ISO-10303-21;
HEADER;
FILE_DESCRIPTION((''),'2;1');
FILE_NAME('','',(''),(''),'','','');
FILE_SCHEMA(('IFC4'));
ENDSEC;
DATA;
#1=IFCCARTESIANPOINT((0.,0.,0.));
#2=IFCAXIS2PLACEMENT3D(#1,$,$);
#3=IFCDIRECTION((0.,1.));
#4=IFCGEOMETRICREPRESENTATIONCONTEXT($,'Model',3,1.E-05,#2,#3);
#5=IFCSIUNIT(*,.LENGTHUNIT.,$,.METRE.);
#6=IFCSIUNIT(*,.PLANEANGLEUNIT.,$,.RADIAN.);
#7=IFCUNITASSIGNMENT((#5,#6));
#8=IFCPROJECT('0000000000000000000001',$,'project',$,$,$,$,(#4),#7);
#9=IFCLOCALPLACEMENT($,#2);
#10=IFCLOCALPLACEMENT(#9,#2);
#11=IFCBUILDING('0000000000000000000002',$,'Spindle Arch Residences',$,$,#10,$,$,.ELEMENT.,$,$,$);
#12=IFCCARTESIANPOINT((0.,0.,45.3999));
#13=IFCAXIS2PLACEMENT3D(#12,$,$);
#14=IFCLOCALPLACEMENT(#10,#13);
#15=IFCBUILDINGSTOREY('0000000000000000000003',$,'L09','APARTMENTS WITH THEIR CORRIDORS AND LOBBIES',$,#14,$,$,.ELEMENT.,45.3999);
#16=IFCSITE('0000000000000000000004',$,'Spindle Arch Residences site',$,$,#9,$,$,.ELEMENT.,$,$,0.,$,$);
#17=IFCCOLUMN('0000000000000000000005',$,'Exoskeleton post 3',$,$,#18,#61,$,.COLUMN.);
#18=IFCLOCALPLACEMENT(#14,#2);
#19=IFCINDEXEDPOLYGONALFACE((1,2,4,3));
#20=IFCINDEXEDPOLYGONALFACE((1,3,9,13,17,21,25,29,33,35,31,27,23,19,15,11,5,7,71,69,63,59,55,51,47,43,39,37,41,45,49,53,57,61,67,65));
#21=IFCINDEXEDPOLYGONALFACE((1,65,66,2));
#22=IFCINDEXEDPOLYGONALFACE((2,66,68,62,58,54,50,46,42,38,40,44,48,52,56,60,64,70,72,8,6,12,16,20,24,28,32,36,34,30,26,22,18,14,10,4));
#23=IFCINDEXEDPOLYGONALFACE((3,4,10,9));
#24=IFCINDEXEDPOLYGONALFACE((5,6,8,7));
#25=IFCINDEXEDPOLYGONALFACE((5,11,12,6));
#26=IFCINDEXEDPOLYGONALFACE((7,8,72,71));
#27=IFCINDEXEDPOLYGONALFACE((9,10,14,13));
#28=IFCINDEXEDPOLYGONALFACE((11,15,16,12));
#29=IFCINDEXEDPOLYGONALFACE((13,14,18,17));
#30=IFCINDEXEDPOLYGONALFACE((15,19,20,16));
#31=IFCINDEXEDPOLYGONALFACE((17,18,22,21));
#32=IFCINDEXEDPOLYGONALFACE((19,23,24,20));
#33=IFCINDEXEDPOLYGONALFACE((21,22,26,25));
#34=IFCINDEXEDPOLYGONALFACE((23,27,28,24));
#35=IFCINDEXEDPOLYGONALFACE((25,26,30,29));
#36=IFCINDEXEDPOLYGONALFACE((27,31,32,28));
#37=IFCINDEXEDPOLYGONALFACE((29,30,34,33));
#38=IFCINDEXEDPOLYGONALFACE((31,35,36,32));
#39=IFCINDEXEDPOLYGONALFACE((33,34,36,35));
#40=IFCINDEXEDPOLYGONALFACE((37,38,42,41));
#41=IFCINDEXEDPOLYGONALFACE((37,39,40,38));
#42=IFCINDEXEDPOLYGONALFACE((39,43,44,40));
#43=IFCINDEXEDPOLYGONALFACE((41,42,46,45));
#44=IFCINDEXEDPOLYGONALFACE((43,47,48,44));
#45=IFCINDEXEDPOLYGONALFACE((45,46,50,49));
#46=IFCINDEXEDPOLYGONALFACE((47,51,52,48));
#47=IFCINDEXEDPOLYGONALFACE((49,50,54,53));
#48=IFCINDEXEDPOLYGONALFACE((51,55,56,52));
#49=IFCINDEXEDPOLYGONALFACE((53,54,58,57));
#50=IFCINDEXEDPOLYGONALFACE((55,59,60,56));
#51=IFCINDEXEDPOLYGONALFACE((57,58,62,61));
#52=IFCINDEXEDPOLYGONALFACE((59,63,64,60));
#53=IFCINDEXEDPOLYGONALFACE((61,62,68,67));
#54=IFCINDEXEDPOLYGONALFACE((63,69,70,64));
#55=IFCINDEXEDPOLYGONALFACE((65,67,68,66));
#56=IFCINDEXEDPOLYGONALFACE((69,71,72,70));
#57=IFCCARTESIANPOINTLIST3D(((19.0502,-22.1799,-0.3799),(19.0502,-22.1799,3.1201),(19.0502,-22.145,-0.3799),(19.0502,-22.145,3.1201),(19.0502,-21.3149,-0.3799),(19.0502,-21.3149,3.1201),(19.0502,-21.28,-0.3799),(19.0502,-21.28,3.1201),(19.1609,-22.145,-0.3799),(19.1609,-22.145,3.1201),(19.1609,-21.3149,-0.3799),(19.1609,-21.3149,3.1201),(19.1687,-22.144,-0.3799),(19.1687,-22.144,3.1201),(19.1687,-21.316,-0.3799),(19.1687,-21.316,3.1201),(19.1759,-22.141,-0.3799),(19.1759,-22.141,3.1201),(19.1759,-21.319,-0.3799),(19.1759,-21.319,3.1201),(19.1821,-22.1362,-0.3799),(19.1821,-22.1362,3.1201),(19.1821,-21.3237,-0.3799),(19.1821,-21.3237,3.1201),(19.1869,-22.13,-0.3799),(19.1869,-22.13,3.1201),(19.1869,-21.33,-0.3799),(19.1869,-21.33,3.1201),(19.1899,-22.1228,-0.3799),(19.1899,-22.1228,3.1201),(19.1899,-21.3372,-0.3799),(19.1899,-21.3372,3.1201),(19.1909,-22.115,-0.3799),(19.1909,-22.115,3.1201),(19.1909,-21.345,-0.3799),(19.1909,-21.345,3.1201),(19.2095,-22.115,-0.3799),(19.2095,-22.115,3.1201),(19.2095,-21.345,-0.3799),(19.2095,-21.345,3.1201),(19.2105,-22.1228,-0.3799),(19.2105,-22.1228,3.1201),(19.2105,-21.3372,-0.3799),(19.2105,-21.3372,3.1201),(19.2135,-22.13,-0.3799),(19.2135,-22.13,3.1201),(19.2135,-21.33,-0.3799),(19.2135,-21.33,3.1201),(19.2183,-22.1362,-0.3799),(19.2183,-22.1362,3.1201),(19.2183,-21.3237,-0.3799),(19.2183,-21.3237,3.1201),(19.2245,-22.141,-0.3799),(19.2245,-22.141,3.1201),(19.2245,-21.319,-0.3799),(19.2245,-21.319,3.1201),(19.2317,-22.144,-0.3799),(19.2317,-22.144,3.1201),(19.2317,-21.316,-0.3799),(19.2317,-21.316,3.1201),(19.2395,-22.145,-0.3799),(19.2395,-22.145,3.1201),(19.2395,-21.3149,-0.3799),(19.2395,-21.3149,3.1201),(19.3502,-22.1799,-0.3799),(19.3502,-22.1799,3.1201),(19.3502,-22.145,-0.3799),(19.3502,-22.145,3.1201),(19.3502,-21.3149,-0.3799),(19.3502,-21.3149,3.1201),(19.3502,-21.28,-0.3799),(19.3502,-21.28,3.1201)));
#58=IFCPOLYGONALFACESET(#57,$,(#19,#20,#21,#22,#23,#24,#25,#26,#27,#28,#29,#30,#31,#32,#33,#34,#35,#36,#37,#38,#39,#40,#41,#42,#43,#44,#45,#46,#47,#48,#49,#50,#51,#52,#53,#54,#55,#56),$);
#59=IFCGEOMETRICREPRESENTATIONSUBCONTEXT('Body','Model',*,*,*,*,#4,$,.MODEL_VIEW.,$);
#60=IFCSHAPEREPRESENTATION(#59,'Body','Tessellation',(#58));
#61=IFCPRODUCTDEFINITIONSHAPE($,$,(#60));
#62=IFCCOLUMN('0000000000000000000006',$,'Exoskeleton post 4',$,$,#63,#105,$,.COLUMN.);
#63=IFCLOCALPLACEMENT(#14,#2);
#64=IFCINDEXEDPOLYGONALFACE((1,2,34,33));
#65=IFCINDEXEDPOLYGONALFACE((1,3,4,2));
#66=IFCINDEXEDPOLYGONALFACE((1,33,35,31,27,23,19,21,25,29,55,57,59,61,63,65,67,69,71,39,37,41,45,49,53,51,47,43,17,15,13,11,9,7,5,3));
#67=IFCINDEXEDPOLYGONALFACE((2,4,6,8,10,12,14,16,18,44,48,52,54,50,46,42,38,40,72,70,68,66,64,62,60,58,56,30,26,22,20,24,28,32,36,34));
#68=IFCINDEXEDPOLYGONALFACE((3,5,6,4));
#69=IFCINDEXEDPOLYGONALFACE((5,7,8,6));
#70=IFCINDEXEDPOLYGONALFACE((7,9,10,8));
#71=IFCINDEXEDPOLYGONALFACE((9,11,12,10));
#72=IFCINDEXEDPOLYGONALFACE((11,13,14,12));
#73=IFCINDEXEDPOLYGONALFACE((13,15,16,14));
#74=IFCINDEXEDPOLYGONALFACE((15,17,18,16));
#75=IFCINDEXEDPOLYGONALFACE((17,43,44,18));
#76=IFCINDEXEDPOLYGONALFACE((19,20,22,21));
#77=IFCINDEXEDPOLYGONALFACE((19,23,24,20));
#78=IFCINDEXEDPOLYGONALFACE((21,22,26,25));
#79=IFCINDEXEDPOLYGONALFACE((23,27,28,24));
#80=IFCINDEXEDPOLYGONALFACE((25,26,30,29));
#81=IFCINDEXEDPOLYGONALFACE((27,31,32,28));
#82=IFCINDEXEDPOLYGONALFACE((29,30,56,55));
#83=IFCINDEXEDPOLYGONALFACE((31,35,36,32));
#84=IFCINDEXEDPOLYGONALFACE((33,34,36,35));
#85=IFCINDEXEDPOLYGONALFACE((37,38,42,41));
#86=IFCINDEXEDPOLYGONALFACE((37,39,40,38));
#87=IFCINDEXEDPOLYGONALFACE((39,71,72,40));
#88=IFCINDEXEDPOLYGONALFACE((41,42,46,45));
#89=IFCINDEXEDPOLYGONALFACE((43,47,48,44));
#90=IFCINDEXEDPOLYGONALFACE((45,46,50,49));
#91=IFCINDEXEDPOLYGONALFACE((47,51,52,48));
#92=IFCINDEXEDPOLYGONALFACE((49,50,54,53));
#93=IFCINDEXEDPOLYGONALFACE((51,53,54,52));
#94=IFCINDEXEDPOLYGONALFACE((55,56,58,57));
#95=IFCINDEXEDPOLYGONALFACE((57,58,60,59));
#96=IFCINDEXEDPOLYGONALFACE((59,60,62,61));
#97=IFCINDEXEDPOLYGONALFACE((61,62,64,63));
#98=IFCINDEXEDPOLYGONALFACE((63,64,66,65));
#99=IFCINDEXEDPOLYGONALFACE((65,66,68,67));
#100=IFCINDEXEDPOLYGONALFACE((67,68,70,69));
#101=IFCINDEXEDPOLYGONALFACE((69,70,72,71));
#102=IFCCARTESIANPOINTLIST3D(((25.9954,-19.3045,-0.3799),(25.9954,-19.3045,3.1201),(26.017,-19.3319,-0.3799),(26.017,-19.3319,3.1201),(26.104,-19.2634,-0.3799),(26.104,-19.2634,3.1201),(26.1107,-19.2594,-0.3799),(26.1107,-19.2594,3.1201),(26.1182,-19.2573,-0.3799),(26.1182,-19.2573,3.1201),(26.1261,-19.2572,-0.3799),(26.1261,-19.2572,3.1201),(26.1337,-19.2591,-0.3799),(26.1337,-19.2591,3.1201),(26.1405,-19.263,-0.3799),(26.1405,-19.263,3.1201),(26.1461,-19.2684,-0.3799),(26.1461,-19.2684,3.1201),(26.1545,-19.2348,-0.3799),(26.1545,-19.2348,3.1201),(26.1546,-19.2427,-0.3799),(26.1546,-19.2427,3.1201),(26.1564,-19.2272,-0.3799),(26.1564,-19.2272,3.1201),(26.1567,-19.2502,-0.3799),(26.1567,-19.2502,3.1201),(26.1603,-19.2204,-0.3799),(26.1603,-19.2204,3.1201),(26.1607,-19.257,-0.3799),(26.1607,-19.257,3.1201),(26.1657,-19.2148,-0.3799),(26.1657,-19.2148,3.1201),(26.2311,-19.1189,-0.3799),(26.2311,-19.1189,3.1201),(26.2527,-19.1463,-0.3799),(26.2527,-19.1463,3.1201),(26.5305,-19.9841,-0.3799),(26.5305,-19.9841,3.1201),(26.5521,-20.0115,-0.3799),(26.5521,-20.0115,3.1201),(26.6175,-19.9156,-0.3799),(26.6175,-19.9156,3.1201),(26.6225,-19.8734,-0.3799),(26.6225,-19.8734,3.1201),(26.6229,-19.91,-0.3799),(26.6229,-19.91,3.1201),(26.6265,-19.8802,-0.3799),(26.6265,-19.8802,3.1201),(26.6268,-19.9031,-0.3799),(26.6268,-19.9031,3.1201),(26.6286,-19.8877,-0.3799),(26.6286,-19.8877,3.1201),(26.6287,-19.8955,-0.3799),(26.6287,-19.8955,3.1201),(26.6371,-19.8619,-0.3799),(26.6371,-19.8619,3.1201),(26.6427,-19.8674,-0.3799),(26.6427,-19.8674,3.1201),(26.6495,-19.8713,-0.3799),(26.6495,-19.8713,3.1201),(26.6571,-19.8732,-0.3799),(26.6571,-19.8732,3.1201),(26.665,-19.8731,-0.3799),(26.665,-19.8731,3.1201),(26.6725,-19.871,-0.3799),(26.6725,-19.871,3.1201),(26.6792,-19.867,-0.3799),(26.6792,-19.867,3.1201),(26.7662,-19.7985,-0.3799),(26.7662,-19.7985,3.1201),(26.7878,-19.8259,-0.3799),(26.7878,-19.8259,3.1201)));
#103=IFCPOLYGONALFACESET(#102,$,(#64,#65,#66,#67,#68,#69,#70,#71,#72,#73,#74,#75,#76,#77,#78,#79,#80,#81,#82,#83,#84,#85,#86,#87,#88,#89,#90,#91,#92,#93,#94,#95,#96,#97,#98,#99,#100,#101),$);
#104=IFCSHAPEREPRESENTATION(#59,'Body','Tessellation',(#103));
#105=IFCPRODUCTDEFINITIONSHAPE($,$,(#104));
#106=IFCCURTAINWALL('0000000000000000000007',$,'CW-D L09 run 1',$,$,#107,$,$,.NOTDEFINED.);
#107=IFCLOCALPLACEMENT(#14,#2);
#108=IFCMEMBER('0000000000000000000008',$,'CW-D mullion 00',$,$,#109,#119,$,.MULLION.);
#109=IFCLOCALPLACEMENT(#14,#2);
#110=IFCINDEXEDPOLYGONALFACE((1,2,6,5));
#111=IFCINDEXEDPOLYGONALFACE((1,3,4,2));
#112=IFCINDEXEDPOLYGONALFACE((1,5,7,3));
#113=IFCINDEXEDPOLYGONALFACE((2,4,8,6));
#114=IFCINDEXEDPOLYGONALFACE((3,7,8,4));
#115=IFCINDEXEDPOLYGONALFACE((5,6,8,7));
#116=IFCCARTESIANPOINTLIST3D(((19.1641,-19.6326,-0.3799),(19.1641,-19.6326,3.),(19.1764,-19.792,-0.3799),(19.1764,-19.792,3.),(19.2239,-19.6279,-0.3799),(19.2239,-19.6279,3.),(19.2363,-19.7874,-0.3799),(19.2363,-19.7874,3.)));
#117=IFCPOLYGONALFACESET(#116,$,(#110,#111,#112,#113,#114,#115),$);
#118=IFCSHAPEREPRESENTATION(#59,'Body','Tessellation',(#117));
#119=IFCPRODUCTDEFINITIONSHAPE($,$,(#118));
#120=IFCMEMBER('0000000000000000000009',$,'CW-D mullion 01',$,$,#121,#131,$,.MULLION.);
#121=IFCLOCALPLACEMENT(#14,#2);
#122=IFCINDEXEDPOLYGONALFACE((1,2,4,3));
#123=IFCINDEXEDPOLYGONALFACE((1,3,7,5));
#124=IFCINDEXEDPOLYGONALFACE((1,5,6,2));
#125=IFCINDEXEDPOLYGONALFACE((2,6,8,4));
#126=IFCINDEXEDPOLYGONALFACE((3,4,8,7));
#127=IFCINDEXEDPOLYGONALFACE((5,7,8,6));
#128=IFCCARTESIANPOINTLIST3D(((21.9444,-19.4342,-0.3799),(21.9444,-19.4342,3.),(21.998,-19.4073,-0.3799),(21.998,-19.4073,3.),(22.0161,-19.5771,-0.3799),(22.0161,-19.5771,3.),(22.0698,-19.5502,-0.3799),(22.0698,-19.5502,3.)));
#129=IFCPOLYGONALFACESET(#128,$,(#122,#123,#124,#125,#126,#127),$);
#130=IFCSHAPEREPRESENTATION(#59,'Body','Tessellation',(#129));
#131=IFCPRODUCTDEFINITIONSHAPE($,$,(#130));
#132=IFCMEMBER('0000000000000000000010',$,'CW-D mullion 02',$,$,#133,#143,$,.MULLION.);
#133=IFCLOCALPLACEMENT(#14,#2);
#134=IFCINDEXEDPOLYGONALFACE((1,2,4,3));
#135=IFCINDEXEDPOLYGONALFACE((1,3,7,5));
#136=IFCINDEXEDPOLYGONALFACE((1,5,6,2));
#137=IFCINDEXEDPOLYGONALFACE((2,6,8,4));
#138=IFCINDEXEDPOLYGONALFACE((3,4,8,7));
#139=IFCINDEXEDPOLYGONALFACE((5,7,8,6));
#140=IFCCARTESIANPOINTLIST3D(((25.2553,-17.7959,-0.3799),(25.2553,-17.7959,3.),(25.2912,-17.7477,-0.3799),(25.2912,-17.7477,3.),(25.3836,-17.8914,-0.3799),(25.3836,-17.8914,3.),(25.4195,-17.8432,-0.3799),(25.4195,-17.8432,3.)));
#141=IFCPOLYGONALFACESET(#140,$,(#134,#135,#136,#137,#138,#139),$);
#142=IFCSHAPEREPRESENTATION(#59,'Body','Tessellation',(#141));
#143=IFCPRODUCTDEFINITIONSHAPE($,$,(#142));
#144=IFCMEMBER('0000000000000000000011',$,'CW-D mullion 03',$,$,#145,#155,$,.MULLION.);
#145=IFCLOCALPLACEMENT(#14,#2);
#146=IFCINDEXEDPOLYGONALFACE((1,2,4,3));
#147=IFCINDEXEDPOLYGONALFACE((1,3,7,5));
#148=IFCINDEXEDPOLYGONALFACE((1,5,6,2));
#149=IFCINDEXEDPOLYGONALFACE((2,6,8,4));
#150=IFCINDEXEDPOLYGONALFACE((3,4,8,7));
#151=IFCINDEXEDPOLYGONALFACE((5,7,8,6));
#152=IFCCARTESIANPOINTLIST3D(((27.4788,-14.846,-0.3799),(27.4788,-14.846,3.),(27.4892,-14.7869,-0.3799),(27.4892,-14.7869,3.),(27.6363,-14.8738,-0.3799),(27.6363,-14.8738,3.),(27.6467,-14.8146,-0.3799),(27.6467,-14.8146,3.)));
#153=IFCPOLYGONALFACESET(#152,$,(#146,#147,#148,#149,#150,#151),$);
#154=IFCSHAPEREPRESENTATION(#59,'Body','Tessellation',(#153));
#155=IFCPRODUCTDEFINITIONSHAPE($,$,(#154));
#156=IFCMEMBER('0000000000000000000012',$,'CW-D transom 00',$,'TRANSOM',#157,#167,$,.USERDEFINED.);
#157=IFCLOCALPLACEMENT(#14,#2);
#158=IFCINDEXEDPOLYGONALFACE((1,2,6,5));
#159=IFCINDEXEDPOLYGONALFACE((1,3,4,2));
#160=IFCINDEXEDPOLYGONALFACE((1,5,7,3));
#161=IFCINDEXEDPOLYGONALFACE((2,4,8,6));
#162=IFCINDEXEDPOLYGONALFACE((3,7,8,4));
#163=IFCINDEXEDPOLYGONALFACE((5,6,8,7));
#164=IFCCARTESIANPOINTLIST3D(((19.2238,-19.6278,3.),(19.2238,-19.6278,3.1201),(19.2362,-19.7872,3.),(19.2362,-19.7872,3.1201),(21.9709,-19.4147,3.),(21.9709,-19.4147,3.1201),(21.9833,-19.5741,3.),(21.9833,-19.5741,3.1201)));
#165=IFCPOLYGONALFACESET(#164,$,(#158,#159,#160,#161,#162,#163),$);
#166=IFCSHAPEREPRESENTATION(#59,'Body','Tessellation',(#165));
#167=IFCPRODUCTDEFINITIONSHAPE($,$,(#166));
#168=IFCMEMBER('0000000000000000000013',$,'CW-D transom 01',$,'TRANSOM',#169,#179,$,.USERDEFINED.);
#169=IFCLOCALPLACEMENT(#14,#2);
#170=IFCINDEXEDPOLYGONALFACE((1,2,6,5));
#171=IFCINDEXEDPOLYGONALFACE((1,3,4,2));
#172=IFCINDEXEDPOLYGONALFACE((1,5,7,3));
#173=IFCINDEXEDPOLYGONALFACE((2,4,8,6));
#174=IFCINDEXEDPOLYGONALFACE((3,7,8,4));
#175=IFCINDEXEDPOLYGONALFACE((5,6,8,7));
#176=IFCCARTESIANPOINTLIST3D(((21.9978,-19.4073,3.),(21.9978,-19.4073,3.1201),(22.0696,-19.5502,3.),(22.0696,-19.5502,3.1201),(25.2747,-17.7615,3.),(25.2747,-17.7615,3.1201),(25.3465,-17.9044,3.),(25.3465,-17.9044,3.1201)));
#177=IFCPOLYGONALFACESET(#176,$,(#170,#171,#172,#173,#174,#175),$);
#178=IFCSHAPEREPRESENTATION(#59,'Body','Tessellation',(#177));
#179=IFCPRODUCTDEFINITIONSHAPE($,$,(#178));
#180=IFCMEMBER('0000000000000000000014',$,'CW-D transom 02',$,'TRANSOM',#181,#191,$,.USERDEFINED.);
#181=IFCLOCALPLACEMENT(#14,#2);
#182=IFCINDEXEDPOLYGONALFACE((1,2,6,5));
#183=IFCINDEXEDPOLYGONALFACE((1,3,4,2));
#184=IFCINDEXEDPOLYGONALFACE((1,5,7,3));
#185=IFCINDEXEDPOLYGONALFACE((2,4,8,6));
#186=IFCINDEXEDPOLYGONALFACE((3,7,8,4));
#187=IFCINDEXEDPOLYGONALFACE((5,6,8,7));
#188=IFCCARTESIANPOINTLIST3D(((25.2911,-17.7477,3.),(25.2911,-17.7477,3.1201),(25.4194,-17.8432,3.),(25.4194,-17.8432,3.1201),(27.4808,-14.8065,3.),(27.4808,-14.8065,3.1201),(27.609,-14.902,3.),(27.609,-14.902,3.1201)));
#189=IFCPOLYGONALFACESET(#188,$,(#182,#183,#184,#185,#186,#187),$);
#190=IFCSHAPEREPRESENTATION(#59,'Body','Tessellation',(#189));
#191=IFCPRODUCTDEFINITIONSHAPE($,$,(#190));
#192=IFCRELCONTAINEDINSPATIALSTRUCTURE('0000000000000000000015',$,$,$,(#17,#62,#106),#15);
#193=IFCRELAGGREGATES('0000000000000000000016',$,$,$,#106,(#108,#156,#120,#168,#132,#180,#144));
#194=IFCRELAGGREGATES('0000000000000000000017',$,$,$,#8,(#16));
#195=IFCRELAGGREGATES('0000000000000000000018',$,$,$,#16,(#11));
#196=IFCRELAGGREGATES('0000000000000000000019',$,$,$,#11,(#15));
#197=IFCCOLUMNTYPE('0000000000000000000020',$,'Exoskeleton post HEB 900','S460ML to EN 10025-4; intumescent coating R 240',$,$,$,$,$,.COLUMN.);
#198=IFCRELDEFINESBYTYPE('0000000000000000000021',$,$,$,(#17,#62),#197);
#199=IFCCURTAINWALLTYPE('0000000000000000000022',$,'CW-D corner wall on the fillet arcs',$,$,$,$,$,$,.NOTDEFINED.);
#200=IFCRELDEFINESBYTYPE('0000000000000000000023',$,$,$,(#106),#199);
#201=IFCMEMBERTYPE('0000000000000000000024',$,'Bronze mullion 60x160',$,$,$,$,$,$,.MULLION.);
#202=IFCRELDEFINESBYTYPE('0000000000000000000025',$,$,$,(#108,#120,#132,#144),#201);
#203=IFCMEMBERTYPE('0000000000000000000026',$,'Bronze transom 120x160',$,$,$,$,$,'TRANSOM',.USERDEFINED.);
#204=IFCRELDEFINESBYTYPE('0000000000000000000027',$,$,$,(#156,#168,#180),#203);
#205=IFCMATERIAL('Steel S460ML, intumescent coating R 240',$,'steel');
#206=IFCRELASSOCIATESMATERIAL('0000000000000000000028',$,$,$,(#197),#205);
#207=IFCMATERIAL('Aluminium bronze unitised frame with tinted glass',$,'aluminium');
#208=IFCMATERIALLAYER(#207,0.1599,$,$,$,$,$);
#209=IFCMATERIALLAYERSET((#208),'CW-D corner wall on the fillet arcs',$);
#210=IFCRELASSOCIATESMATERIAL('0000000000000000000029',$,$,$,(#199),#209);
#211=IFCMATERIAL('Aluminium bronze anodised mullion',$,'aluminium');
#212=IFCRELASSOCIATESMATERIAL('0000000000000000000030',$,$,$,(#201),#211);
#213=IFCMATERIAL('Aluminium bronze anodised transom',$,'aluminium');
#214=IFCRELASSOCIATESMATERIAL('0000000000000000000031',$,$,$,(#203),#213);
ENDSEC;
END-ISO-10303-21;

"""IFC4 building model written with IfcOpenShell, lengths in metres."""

from ifc_helpers import new_model, si_unit, direction, frame, origin, origin_2d, place, context, subcontext, project, spatial, rectangle, i_section, extrude, material, layer, layer_set, material_profile, profile_set, type_object, element, aggregate, save


model = new_model("IFC4")

# Units and contexts
model_context = context("Model", 3, precision=1e-05, world=origin(), true_north=direction((0.0, 1.0)))
body_context = subcontext(model_context, "Body", "Model", "MODEL_VIEW")
ifc_project = project(units=[si_unit("LENGTHUNIT", "METRE"), si_unit("PLANEANGLEUNIT", "RADIAN")], contexts=[model_context])

# Site, building, storey
site_placement = place(None, origin())
site = spatial("IfcSite", under=ifc_project, at=site_placement, Name="Spindle Arch Residences site", CompositionType="ELEMENT", RefElevation=0.0)
building_placement = place(site_placement, origin())
building = spatial("IfcBuilding", under=site, at=building_placement, Name="Spindle Arch Residences", CompositionType="ELEMENT")
storey_placement = place(building_placement, frame((0.0, 0.0, 45.3999)))
storey = spatial("IfcBuildingStorey", under=building, at=storey_placement, Name="L09", Description="APARTMENTS WITH THEIR CORRIDORS AND LOBBIES", CompositionType="ELEMENT", Elevation=45.3999)

# Columns
ifc_material_1 = material(Name="Steel S460ML, intumescent coating R 240", Category="steel")
ifc_material_profile_1 = material_profile(ifc_material_1, i_section(OverallWidth=0.3, OverallDepth=0.8999, WebThickness=0.0186, FlangeThickness=0.0349, FilletRadius=0.03, at=origin_2d()), Name="HEB 900")
ifc_profile_set_1 = profile_set([ifc_material_profile_1], Name="Steel S460ML, intumescent coating R 240")
column_type = type_object("IfcColumnType", Name="Exoskeleton post HEB 900", Description="S460ML to EN 10025-4; intumescent coating R 240", PredefinedType="COLUMN", material=ifc_profile_set_1)
for number, where, z_axis, x_axis, name in (
    (1, (19.2002, -21.73, -0.3799), (0.0, 0.0, 1.0), (-1.0, 0.0, 0.0), "Exoskeleton post 3"),
    (2, (26.3916, -19.5652, -0.3799), (0.0, 0.0, 1.0), (-0.785684, -0.618629, 0.0), "Exoskeleton post 4"),
):
    element("IfcColumn", number, at=place(storey_placement, frame(where, z_axis=z_axis, x_axis=x_axis)), inside=storey, type_object=column_type, Name=name, PredefinedType="COLUMN", context=body_context, shape_type="SweptSolid", body=[
        extrude(i_section(OverallWidth=0.3, OverallDepth=0.8999, WebThickness=0.0186, FlangeThickness=0.0349, FilletRadius=0.03, at=origin_2d()), origin(), (0.0, 0.0, 1.0), 3.5),
    ])

# Curtain wall, members
ifc_material_2 = material(Name="Aluminium bronze unitised frame with tinted glass", Category="aluminium")
ifc_layer_1 = layer(ifc_material_2, 0.1599)
ifc_layer_set_1 = layer_set([ifc_layer_1], Name="CW-D corner wall on the fillet arcs")
curtain_wall_type = type_object("IfcCurtainWallType", Name="CW-D corner wall on the fillet arcs", PredefinedType="NOTDEFINED", material=ifc_layer_set_1)
curtain_wall_placement = place(storey_placement, origin())
curtain_wall = element("IfcCurtainWall", 3, at=curtain_wall_placement, inside=storey, type_object=curtain_wall_type, Name="CW-D L09 run 1", PredefinedType="NOTDEFINED")
ifc_material_3 = material(Name="Aluminium bronze anodised mullion", Category="aluminium")
ifc_material_profile_2 = material_profile(ifc_material_3, rectangle(XDim=0.1599, YDim=0.0601, at=origin_2d()), Name="MU 60x160")
ifc_profile_set_2 = profile_set([ifc_material_profile_2], Name="Aluminium bronze anodised mullion")
member_type_1 = type_object("IfcMemberType", Name="Bronze mullion 60x160", PredefinedType="MULLION", material=ifc_profile_set_2)
member_1_placement = place(storey_placement, frame((19.2002, -19.71, -0.3799), z_axis=(0.0, 0.0, 1.0), x_axis=(-0.077364, 0.997003, 0.0)))
member_1 = element("IfcMember", 4, at=member_1_placement, type_object=member_type_1, Name="CW-D mullion 00", PredefinedType="MULLION", context=body_context, shape_type="SweptSolid", body=[
    extrude(rectangle(XDim=0.1599, YDim=0.0601, at=origin_2d()), origin(), (0.0, 0.0, 1.0), 3.3799),
])
member_2_placement = place(storey_placement, frame((22.0071, -19.4922, -0.3799), z_axis=(0.0, 0.0, 1.0), x_axis=(-0.448799, 0.893633, 0.0)))
member_2 = element("IfcMember", 5, at=member_2_placement, type_object=member_type_1, Name="CW-D mullion 01", PredefinedType="MULLION", context=body_context, shape_type="SweptSolid", body=[
    extrude(rectangle(XDim=0.1599, YDim=0.0601, at=origin_2d()), origin(), (0.0, 0.0, 1.0), 3.3799),
])
member_3_placement = place(storey_placement, frame((25.3374, -17.8196, -0.3799), z_axis=(0.0, 0.0, 1.0), x_axis=(-0.802123, 0.597159, 0.0)))
member_3 = element("IfcMember", 6, at=member_3_placement, type_object=member_type_1, Name="CW-D mullion 02", PredefinedType="MULLION", context=body_context, shape_type="SweptSolid", body=[
    extrude(rectangle(XDim=0.1599, YDim=0.0601, at=origin_2d()), origin(), (0.0, 0.0, 1.0), 3.3799),
])
member_4_placement = place(storey_placement, frame((27.5627, -14.8303, -0.3799), z_axis=(0.0, 0.0, 1.0), x_axis=(-0.984808, 0.173648, 0.0)))
member_4 = element("IfcMember", 7, at=member_4_placement, type_object=member_type_1, Name="CW-D mullion 03", PredefinedType="MULLION", context=body_context, shape_type="SweptSolid", body=[
    extrude(rectangle(XDim=0.1599, YDim=0.0601, at=origin_2d()), origin(), (0.0, 0.0, 1.0), 3.3799),
])
ifc_material_4 = material(Name="Aluminium bronze anodised transom", Category="aluminium")
ifc_material_profile_3 = material_profile(ifc_material_4, rectangle(XDim=0.1599, YDim=0.1201, at=origin_2d()), Name="TR 120x160")
ifc_profile_set_3 = profile_set([ifc_material_profile_3], Name="Aluminium bronze anodised transom")
member_type_2 = type_object("IfcMemberType", Name="Bronze transom 120x160", ElementType="TRANSOM", PredefinedType="USERDEFINED", material=ifc_profile_set_3)
member_5_placement = place(storey_placement, frame((19.23, -19.7075, 3.0601), z_axis=(0.997004, 0.077354, 0.0), x_axis=(-0.077354, 0.997004, 0.0)))
member_5 = element("IfcMember", 8, at=member_5_placement, type_object=member_type_2, Name="CW-D transom 00", ObjectType="TRANSOM", PredefinedType="USERDEFINED", context=body_context, shape_type="SweptSolid", body=[
    extrude(rectangle(XDim=0.1599, YDim=0.1201, at=origin_2d()), origin(), (0.0, 0.0, 1.0), 2.7554),
])
member_6_placement = place(storey_placement, frame((22.0337, -19.4788, 3.0601), z_axis=(0.893627, 0.448811, 0.0), x_axis=(-0.448811, 0.893627, 0.0)))
member_6 = element("IfcMember", 9, at=member_6_placement, type_object=member_type_2, Name="CW-D transom 01", ObjectType="TRANSOM", PredefinedType="USERDEFINED", context=body_context, shape_type="SweptSolid", body=[
    extrude(rectangle(XDim=0.1599, YDim=0.1201, at=origin_2d()), origin(), (0.0, 0.0, 1.0), 3.667),
])
member_7_placement = place(storey_placement, frame((25.3552, -17.7954, 3.0601), z_axis=(0.597173, 0.802112, 0.0), x_axis=(-0.802112, 0.597173, 0.0)))
member_7 = element("IfcMember", 10, at=member_7_placement, type_object=member_type_2, Name="CW-D transom 02", ObjectType="TRANSOM", PredefinedType="USERDEFINED", context=body_context, shape_type="SweptSolid", body=[
    extrude(rectangle(XDim=0.1599, YDim=0.1201, at=origin_2d()), origin(), (0.0, 0.0, 1.0), 3.6667),
])

aggregate(curtain_wall, [member_1, member_5, member_2, member_6, member_3, member_7, member_4])

save(model, "model.ifc")
